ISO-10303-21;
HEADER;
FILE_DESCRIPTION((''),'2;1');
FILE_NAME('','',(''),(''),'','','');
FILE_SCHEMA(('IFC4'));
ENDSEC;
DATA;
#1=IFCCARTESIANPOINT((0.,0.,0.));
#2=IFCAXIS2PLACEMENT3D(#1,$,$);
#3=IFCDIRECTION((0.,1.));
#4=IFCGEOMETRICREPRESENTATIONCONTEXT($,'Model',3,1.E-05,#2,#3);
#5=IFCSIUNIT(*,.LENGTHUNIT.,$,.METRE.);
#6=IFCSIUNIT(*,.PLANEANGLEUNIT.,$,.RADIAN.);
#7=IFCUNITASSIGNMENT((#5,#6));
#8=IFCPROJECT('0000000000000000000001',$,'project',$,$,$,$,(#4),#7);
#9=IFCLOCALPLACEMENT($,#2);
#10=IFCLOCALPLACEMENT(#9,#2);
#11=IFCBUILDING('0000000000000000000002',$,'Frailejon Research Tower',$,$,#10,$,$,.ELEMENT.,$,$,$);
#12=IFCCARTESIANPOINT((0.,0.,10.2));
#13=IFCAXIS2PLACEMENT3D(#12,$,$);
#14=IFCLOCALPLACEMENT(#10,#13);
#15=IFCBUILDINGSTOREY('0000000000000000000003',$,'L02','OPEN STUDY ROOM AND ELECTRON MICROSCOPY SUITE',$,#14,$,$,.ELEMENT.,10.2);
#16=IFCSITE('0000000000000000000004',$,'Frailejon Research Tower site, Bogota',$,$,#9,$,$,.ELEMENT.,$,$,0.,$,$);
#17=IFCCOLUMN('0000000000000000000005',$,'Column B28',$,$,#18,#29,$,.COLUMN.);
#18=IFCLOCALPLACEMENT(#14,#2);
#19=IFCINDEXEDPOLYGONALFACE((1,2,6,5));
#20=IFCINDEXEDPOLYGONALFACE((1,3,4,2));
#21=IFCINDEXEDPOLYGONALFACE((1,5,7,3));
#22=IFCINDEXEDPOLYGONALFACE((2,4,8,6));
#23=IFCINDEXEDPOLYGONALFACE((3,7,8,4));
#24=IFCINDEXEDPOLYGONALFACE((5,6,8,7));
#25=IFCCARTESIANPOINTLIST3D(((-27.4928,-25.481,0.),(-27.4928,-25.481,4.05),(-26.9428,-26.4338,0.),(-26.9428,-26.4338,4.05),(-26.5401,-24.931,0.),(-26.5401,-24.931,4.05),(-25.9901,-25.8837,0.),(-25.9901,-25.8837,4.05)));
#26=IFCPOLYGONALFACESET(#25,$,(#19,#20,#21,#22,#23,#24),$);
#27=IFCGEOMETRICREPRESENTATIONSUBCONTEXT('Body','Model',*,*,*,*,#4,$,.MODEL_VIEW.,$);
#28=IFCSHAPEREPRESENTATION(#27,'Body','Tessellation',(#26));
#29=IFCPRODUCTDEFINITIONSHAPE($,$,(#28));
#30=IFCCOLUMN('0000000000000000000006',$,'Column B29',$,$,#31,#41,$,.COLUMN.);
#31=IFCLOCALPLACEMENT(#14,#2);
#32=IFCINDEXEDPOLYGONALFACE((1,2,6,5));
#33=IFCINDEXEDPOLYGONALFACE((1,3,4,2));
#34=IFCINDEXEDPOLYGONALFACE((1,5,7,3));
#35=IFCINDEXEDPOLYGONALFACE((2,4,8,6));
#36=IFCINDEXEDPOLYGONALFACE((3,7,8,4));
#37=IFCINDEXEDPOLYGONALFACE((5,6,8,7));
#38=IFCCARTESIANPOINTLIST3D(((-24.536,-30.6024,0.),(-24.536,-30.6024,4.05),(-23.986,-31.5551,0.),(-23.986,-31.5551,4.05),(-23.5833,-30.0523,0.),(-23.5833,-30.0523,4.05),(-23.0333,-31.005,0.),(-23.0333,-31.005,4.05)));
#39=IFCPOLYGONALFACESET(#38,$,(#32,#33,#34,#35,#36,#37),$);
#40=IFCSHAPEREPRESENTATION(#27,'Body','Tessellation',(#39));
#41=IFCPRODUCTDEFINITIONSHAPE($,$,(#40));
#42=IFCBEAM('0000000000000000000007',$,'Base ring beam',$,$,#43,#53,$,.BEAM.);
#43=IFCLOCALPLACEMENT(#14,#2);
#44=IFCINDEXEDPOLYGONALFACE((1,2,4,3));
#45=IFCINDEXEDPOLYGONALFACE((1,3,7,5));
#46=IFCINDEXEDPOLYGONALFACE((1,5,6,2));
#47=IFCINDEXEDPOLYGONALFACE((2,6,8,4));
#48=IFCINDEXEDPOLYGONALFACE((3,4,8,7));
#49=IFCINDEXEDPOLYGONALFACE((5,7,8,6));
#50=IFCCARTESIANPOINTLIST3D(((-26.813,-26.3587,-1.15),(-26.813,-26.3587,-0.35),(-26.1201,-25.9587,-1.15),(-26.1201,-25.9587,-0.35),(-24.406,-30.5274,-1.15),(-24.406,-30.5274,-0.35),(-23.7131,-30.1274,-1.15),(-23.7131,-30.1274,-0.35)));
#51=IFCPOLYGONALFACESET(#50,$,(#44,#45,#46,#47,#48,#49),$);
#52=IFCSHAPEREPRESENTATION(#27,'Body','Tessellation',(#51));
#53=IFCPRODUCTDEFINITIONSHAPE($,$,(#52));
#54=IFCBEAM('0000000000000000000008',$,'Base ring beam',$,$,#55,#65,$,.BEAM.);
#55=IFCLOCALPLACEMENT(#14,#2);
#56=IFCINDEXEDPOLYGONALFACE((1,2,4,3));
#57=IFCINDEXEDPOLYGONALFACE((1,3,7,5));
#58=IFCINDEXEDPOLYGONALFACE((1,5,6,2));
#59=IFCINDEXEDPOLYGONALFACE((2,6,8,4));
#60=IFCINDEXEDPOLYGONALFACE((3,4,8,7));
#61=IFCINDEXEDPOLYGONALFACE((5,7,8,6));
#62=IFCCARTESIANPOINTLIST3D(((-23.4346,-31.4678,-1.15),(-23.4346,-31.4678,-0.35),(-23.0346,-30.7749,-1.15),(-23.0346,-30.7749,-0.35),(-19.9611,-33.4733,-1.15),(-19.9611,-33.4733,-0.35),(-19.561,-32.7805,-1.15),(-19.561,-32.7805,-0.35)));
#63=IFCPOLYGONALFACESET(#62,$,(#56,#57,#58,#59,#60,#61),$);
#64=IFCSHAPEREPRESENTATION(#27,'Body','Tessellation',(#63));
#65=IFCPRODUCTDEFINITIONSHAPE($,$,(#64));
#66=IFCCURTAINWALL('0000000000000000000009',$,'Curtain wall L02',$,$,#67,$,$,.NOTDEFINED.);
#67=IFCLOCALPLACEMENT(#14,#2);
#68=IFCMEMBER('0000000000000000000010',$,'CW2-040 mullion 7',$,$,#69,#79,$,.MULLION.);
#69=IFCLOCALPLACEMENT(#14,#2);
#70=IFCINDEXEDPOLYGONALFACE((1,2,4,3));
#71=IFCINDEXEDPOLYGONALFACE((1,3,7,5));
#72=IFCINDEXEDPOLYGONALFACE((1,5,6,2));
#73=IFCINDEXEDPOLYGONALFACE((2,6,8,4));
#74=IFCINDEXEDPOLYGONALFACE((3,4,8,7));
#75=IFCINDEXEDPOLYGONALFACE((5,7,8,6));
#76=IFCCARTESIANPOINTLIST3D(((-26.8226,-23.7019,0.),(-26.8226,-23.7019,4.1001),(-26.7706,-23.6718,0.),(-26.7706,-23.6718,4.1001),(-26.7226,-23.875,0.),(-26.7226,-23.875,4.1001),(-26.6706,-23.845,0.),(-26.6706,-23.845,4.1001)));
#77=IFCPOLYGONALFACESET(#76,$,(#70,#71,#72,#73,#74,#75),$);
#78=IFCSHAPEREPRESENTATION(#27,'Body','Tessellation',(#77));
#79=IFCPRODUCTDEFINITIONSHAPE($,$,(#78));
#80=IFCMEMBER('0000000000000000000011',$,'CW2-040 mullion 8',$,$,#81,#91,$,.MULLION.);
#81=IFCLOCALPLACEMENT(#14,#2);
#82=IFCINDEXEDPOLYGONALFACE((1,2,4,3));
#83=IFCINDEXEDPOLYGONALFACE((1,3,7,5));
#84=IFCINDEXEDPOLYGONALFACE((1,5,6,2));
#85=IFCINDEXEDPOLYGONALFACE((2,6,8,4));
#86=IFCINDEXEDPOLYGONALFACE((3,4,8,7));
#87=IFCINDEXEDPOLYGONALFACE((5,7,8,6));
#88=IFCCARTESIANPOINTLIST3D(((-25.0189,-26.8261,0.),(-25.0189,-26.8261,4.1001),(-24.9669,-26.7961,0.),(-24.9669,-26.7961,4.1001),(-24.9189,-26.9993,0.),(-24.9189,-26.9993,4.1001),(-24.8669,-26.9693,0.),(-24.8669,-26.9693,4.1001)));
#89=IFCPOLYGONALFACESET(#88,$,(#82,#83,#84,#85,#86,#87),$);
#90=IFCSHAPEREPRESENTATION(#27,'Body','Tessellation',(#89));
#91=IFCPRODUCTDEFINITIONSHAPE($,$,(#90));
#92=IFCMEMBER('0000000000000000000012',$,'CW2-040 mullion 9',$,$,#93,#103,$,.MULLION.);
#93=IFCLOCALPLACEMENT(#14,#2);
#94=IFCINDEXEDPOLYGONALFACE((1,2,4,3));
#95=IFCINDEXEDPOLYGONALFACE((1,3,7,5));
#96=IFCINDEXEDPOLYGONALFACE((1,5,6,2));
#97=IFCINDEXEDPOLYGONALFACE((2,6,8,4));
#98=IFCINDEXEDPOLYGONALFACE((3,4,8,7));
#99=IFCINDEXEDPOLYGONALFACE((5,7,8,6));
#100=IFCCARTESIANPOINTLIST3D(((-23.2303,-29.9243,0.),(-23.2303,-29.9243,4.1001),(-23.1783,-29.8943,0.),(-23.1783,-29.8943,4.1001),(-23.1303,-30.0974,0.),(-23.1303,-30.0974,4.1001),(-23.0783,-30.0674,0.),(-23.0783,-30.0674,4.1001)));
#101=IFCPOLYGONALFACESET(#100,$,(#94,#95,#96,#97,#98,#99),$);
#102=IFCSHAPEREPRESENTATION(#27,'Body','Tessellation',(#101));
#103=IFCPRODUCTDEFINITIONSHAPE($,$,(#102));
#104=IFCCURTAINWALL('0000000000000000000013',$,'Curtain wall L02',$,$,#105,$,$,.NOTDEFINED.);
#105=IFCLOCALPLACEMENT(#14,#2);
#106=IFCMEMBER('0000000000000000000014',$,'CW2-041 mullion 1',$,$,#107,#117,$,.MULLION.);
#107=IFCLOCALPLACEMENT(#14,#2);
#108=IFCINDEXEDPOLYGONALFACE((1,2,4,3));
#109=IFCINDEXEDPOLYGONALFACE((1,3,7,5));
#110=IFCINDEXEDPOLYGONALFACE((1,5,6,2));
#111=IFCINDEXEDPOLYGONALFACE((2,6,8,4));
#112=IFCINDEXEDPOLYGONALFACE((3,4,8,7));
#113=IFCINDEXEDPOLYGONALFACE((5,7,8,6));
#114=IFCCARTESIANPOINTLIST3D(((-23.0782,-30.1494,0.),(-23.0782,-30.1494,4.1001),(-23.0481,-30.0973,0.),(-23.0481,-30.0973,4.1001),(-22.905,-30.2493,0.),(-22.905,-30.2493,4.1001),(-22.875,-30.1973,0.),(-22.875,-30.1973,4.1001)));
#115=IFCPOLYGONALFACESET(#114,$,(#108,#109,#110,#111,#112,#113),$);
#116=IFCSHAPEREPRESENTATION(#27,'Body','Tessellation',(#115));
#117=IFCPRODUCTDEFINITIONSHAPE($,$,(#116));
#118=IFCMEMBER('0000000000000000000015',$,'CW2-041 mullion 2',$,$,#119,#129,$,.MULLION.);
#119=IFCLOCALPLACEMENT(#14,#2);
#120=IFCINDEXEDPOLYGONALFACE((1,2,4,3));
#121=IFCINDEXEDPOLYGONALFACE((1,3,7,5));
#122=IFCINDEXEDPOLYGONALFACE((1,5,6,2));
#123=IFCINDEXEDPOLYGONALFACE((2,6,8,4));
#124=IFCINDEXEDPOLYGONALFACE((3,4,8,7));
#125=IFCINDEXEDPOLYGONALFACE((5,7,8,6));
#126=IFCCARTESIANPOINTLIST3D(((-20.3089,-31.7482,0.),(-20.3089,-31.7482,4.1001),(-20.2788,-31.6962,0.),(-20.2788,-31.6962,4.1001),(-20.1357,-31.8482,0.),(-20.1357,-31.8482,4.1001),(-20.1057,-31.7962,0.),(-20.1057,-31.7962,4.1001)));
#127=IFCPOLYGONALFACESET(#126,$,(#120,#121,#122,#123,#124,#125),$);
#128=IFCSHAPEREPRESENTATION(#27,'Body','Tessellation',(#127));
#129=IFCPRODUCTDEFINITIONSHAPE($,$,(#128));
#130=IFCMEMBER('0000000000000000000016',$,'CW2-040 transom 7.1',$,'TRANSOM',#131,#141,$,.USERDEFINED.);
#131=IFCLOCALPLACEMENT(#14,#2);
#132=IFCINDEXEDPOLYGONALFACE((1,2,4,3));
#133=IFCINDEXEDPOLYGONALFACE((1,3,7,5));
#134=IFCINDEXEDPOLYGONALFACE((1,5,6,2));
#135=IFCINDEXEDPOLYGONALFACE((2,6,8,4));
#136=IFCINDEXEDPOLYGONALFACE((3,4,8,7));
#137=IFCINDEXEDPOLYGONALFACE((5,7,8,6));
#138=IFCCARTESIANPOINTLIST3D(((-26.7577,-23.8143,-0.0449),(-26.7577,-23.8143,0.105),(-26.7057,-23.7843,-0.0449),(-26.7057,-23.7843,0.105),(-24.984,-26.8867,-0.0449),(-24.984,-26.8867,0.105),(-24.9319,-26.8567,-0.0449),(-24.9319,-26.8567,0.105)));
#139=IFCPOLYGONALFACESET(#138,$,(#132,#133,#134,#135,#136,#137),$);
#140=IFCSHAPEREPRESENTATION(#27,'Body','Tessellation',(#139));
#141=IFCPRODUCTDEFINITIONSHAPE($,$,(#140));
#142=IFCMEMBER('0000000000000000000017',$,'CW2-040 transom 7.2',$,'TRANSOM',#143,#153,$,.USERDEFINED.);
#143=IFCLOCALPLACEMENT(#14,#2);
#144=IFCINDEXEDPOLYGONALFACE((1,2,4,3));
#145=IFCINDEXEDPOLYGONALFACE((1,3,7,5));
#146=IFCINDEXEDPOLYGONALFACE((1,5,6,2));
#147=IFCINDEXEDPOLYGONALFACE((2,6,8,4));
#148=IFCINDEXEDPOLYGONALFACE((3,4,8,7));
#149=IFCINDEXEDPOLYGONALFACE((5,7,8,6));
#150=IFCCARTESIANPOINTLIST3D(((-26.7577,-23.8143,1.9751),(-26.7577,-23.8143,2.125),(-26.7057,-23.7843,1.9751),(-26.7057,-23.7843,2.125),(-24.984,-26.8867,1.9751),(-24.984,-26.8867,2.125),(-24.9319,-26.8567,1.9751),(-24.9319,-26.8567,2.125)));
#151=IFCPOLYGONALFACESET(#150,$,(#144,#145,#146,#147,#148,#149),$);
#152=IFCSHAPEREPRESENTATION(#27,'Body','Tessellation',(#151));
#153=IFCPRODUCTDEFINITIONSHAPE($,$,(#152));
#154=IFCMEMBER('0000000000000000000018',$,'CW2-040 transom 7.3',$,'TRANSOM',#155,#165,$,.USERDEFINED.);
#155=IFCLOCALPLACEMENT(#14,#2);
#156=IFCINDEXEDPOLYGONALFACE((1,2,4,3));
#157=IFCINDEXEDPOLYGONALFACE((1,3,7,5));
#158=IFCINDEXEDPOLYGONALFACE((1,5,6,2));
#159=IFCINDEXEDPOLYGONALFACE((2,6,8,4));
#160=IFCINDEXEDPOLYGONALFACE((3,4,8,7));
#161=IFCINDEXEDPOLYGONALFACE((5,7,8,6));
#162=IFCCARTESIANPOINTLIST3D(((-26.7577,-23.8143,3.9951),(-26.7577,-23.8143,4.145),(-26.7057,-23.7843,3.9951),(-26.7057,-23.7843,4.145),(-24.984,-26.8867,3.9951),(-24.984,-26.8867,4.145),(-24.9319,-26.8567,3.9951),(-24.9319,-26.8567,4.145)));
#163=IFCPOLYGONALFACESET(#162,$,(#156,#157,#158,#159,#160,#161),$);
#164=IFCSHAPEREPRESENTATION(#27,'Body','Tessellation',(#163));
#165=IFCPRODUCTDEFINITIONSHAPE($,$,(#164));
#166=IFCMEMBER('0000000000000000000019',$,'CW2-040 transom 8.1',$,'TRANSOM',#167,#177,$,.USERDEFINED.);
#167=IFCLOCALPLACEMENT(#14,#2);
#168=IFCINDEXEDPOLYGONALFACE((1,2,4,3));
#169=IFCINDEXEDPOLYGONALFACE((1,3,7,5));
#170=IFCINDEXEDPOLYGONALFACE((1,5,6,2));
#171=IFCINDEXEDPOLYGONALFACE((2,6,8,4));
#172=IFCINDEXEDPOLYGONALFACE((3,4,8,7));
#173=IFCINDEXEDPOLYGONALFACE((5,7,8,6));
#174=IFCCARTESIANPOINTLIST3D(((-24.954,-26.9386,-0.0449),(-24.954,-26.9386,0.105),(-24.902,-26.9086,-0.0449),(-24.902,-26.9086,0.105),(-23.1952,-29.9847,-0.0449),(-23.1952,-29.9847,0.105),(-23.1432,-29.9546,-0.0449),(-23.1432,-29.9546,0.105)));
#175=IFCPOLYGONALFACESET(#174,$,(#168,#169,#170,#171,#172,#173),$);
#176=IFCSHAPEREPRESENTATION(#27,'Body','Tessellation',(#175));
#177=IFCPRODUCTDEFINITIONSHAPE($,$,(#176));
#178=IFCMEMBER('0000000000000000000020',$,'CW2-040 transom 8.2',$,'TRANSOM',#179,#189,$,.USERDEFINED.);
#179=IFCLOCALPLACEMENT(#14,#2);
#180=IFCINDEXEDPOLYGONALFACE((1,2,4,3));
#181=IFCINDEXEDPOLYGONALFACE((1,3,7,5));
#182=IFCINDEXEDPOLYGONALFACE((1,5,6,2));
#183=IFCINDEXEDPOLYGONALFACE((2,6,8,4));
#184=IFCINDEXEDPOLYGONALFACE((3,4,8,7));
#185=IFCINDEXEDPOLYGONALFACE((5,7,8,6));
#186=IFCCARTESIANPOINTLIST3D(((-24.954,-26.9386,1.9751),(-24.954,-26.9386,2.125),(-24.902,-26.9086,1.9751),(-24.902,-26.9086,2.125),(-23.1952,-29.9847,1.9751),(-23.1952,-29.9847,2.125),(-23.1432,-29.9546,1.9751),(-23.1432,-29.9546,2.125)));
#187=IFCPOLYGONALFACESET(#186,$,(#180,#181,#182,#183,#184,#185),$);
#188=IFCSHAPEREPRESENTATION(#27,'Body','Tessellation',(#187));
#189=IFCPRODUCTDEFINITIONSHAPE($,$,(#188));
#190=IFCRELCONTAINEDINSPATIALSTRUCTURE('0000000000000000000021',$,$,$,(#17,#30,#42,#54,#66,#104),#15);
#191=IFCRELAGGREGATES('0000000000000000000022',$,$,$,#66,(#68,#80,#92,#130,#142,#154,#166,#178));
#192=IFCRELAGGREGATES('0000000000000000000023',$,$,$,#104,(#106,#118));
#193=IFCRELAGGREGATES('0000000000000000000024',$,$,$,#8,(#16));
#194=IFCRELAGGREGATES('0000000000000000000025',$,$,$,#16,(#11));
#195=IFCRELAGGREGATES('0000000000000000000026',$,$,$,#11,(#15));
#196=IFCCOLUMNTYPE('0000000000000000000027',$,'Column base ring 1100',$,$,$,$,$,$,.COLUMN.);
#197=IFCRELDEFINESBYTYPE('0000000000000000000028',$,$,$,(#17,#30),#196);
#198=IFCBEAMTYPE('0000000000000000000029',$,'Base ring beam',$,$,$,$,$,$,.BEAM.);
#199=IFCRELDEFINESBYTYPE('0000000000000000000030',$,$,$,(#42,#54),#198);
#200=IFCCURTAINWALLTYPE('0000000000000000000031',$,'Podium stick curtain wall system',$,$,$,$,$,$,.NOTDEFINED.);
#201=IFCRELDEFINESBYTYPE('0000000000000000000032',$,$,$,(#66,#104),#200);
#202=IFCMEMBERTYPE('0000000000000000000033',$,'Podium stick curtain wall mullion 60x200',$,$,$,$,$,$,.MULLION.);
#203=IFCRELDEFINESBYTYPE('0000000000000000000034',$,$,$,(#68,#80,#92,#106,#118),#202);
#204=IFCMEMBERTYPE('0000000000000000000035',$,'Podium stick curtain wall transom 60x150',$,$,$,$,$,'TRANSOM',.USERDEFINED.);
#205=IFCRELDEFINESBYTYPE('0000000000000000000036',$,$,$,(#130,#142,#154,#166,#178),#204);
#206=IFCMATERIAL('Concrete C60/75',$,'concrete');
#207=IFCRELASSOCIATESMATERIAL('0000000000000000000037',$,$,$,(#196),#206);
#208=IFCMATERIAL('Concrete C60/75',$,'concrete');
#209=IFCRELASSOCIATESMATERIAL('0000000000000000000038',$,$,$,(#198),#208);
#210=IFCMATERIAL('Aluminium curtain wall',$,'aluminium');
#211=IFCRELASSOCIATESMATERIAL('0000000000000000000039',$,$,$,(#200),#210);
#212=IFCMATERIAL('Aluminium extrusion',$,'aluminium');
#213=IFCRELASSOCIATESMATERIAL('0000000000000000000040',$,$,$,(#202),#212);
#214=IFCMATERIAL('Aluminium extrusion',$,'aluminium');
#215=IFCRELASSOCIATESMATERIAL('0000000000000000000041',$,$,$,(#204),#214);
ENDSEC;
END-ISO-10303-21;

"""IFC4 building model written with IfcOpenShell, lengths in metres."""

from ifc_helpers import new_model, si_unit, direction, frame, origin, origin_2d, place, context, subcontext, project, spatial, rectangle, extrude, material, material_profile, profile_set, type_object, element, aggregate, save


model = new_model("IFC4")

# Units and contexts
model_context = context("Model", 3, precision=1e-05, world=origin(), true_north=direction((0.0, 1.0)))
body_context = subcontext(model_context, "Body", "Model", "MODEL_VIEW")
ifc_project = project(units=[si_unit("LENGTHUNIT", "METRE"), si_unit("PLANEANGLEUNIT", "RADIAN")], contexts=[model_context])

# Site, building, storey
site_placement = place(None, origin())
site = spatial("IfcSite", under=ifc_project, at=site_placement, Name="Frailejon Research Tower site, Bogota", CompositionType="ELEMENT", RefElevation=0.0)
building_placement = place(site_placement, origin())
building = spatial("IfcBuilding", under=site, at=building_placement, Name="Frailejon Research Tower", CompositionType="ELEMENT")
storey_placement = place(building_placement, frame((0.0, 0.0, 10.2)))
storey = spatial("IfcBuildingStorey", under=building, at=storey_placement, Name="L02", Description="OPEN STUDY ROOM AND ELECTRON MICROSCOPY SUITE", CompositionType="ELEMENT", Elevation=10.2)

# Columns
ifc_material_1 = material(Name="Concrete C60/75", Category="concrete")
ifc_material_profile_1 = material_profile(ifc_material_1, rectangle(XDim=1.1001, YDim=1.1001, at=origin_2d()), Name="Column base ring 1100")
ifc_profile_set_1 = profile_set([ifc_material_profile_1], Name="Concrete C60/75")
column_type = type_object("IfcColumnType", Name="Column base ring 1100", PredefinedType="COLUMN", material=ifc_profile_set_1)
for number, where, z_axis, x_axis, name in (
    (1, (-26.7415, -25.6824, 0.0), (0.0, 0.0, 1.0), (0.5, -0.866025, 0.0), "Column B28"),
    (2, (-23.7847, -30.8037, 0.0), (0.0, 0.0, 1.0), (0.5, -0.866025, 0.0), "Column B29"),
):
    element("IfcColumn", number, at=place(storey_placement, frame(where, z_axis=z_axis, x_axis=x_axis)), inside=storey, type_object=column_type, Name=name, PredefinedType="COLUMN", context=body_context, shape_type="SweptSolid", body=[
        extrude(rectangle(XDim=1.1001, YDim=1.1001, at=origin_2d()), origin(), (0.0, 0.0, 1.0), 4.05),
    ])

# Beams
ifc_material_2 = material(Name="Concrete C60/75", Category="concrete")
ifc_material_profile_2 = material_profile(ifc_material_2, rectangle(XDim=0.8, YDim=0.8, at=origin_2d()), Name="Base ring beam")
ifc_profile_set_2 = profile_set([ifc_material_profile_2], Name="Concrete C60/75")
beam_type = type_object("IfcBeamType", Name="Base ring beam", PredefinedType="BEAM", material=ifc_profile_set_2)
beam_1_placement = place(storey_placement, frame((-26.4666, -26.1587, -0.75), z_axis=(0.500028, -0.866009, 0.0), x_axis=(0.866009, 0.500028, 0.0)))
element("IfcBeam", 3, at=beam_1_placement, inside=storey, type_object=beam_type, Name="Base ring beam", PredefinedType="BEAM", context=body_context, shape_type="SweptSolid", body=[
    extrude(rectangle(XDim=0.8, YDim=0.8, at=origin_2d()), origin(), (0.0, 0.0, 1.0), 4.8137),
])
beam_2_placement = place(storey_placement, frame((-23.2346, -31.1213, -0.75), z_axis=(0.866013, -0.500021, 0.0), x_axis=(0.500021, 0.866013, 0.0)))
element("IfcBeam", 4, at=beam_2_placement, inside=storey, type_object=beam_type, Name="Base ring beam", PredefinedType="BEAM", context=body_context, shape_type="SweptSolid", body=[
    extrude(rectangle(XDim=0.8, YDim=0.8, at=origin_2d()), origin(), (0.0, 0.0, 1.0), 4.011),
])

# Curtain walls, members
ifc_material_3 = material(Name="Aluminium curtain wall", Category="aluminium")
curtain_wall_type = type_object("IfcCurtainWallType", Name="Podium stick curtain wall system", PredefinedType="NOTDEFINED", material=ifc_material_3)
curtain_wall_1_placement = place(storey_placement, origin())
curtain_wall_1 = element("IfcCurtainWall", 5, at=curtain_wall_1_placement, inside=storey, type_object=curtain_wall_type, Name="Curtain wall L02", PredefinedType="NOTDEFINED")
ifc_material_4 = material(Name="Aluminium extrusion", Category="aluminium")
ifc_material_profile_3 = material_profile(ifc_material_4, rectangle(XDim=0.0601, YDim=0.2, at=origin_2d()), Name="Podium stick curtain wall mullion 60x200")
ifc_profile_set_3 = profile_set([ifc_material_profile_3], Name="Aluminium extrusion")
member_type_1 = type_object("IfcMemberType", Name="Podium stick curtain wall mullion 60x200", PredefinedType="MULLION", material=ifc_profile_set_3)
member_1_placement = place(storey_placement, frame((-26.7466, -23.7734, 0.0), z_axis=(0.0, 0.0, 1.0), x_axis=(0.866026, 0.499998, 0.0)))
member_1 = element("IfcMember", 6, at=member_1_placement, type_object=member_type_1, Name="CW2-040 mullion 7", PredefinedType="MULLION", context=body_context, shape_type="SweptSolid", body=[
    extrude(rectangle(XDim=0.0601, YDim=0.2, at=origin_2d()), origin(), (0.0, 0.0, 1.0), 4.1001),
])
member_2_placement = place(storey_placement, frame((-24.9429, -26.8977, 0.0), z_axis=(0.0, 0.0, 1.0), x_axis=(0.866026, 0.499998, 0.0)))
member_2 = element("IfcMember", 7, at=member_2_placement, type_object=member_type_1, Name="CW2-040 mullion 8", PredefinedType="MULLION", context=body_context, shape_type="SweptSolid", body=[
    extrude(rectangle(XDim=0.0601, YDim=0.2, at=origin_2d()), origin(), (0.0, 0.0, 1.0), 4.1001),
])
member_3_placement = place(storey_placement, frame((-23.1543, -29.9958, 0.0), z_axis=(0.0, 0.0, 1.0), x_axis=(0.866026, 0.499998, 0.0)))
member_3 = element("IfcMember", 8, at=member_3_placement, type_object=member_type_1, Name="CW2-040 mullion 9", PredefinedType="MULLION", context=body_context, shape_type="SweptSolid", body=[
    extrude(rectangle(XDim=0.0601, YDim=0.2, at=origin_2d()), origin(), (0.0, 0.0, 1.0), 4.1001),
])
curtain_wall_2_placement = place(storey_placement, origin())
curtain_wall_2 = element("IfcCurtainWall", 9, at=curtain_wall_2_placement, inside=storey, type_object=curtain_wall_type, Name="Curtain wall L02", PredefinedType="NOTDEFINED")
member_4_placement = place(storey_placement, frame((-22.9766, -30.1733, 0.0), z_axis=(0.0, 0.0, 1.0), x_axis=(0.5, 0.866025, 0.0)))
member_4 = element("IfcMember", 10, at=member_4_placement, type_object=member_type_1, Name="CW2-041 mullion 1", PredefinedType="MULLION", context=body_context, shape_type="SweptSolid", body=[
    extrude(rectangle(XDim=0.0601, YDim=0.2, at=origin_2d()), origin(), (0.0, 0.0, 1.0), 4.1001),
])
member_5_placement = place(storey_placement, frame((-20.2073, -31.7722, 0.0), z_axis=(0.0, 0.0, 1.0), x_axis=(0.5, 0.866025, 0.0)))
member_5 = element("IfcMember", 11, at=member_5_placement, type_object=member_type_1, Name="CW2-041 mullion 2", PredefinedType="MULLION", context=body_context, shape_type="SweptSolid", body=[
    extrude(rectangle(XDim=0.0601, YDim=0.2, at=origin_2d()), origin(), (0.0, 0.0, 1.0), 4.1001),
])

# Members
ifc_material_5 = material(Name="Aluminium extrusion", Category="aluminium")
ifc_material_profile_4 = material_profile(ifc_material_5, rectangle(XDim=0.0601, YDim=0.1499, at=origin_2d()), Name="Podium stick curtain wall transom 60x150")
ifc_profile_set_4 = profile_set([ifc_material_profile_4], Name="Aluminium extrusion")
member_type_2 = type_object("IfcMemberType", Name="Podium stick curtain wall transom 60x150", ElementType="TRANSOM", PredefinedType="USERDEFINED", material=ifc_profile_set_4)
member_6_placement = place(storey_placement, frame((-26.7317, -23.7993, 0.03), z_axis=(0.499981, -0.866037, 0.0), x_axis=(0.866037, 0.499981, 0.0)))
member_6 = element("IfcMember", 12, at=member_6_placement, type_object=member_type_2, Name="CW2-040 transom 7.1", ObjectType="TRANSOM", PredefinedType="USERDEFINED", context=body_context, shape_type="SweptSolid", body=[
    extrude(rectangle(XDim=0.0601, YDim=0.1499, at=origin_2d()), origin(), (0.0, 0.0, 1.0), 3.5476),
])
member_7_placement = place(storey_placement, frame((-26.7317, -23.7993, 2.05), z_axis=(0.499981, -0.866037, 0.0), x_axis=(0.866037, 0.499981, 0.0)))
member_7 = element("IfcMember", 13, at=member_7_placement, type_object=member_type_2, Name="CW2-040 transom 7.2", ObjectType="TRANSOM", PredefinedType="USERDEFINED", context=body_context, shape_type="SweptSolid", body=[
    extrude(rectangle(XDim=0.0601, YDim=0.1499, at=origin_2d()), origin(), (0.0, 0.0, 1.0), 3.5476),
])
member_8_placement = place(storey_placement, frame((-26.7317, -23.7993, 4.0701), z_axis=(0.499981, -0.866037, 0.0), x_axis=(0.866037, 0.499981, 0.0)))
member_8 = element("IfcMember", 14, at=member_8_placement, type_object=member_type_2, Name="CW2-040 transom 7.3", ObjectType="TRANSOM", PredefinedType="USERDEFINED", context=body_context, shape_type="SweptSolid", body=[
    extrude(rectangle(XDim=0.0601, YDim=0.1499, at=origin_2d()), origin(), (0.0, 0.0, 1.0), 3.5476),
])
member_9_placement = place(storey_placement, frame((-24.928, -26.9236, 0.03), z_axis=(0.500021, -0.866013, 0.0), x_axis=(0.866013, 0.500021, 0.0)))
member_9 = element("IfcMember", 15, at=member_9_placement, type_object=member_type_2, Name="CW2-040 transom 8.1", ObjectType="TRANSOM", PredefinedType="USERDEFINED", context=body_context, shape_type="SweptSolid", body=[
    extrude(rectangle(XDim=0.0601, YDim=0.1499, at=origin_2d()), origin(), (0.0, 0.0, 1.0), 3.5173),
])
member_10_placement = place(storey_placement, frame((-24.928, -26.9236, 2.05), z_axis=(0.500021, -0.866013, 0.0), x_axis=(0.866013, 0.500021, 0.0)))
member_10 = element("IfcMember", 16, at=member_10_placement, type_object=member_type_2, Name="CW2-040 transom 8.2", ObjectType="TRANSOM", PredefinedType="USERDEFINED", context=body_context, shape_type="SweptSolid", body=[
    extrude(rectangle(XDim=0.0601, YDim=0.1499, at=origin_2d()), origin(), (0.0, 0.0, 1.0), 3.5173),
])

aggregate(curtain_wall_1, [member_1, member_2, member_3, member_6, member_7, member_8, member_9, member_10])
aggregate(curtain_wall_2, [member_4, member_5])

save(model, "model.ifc")
